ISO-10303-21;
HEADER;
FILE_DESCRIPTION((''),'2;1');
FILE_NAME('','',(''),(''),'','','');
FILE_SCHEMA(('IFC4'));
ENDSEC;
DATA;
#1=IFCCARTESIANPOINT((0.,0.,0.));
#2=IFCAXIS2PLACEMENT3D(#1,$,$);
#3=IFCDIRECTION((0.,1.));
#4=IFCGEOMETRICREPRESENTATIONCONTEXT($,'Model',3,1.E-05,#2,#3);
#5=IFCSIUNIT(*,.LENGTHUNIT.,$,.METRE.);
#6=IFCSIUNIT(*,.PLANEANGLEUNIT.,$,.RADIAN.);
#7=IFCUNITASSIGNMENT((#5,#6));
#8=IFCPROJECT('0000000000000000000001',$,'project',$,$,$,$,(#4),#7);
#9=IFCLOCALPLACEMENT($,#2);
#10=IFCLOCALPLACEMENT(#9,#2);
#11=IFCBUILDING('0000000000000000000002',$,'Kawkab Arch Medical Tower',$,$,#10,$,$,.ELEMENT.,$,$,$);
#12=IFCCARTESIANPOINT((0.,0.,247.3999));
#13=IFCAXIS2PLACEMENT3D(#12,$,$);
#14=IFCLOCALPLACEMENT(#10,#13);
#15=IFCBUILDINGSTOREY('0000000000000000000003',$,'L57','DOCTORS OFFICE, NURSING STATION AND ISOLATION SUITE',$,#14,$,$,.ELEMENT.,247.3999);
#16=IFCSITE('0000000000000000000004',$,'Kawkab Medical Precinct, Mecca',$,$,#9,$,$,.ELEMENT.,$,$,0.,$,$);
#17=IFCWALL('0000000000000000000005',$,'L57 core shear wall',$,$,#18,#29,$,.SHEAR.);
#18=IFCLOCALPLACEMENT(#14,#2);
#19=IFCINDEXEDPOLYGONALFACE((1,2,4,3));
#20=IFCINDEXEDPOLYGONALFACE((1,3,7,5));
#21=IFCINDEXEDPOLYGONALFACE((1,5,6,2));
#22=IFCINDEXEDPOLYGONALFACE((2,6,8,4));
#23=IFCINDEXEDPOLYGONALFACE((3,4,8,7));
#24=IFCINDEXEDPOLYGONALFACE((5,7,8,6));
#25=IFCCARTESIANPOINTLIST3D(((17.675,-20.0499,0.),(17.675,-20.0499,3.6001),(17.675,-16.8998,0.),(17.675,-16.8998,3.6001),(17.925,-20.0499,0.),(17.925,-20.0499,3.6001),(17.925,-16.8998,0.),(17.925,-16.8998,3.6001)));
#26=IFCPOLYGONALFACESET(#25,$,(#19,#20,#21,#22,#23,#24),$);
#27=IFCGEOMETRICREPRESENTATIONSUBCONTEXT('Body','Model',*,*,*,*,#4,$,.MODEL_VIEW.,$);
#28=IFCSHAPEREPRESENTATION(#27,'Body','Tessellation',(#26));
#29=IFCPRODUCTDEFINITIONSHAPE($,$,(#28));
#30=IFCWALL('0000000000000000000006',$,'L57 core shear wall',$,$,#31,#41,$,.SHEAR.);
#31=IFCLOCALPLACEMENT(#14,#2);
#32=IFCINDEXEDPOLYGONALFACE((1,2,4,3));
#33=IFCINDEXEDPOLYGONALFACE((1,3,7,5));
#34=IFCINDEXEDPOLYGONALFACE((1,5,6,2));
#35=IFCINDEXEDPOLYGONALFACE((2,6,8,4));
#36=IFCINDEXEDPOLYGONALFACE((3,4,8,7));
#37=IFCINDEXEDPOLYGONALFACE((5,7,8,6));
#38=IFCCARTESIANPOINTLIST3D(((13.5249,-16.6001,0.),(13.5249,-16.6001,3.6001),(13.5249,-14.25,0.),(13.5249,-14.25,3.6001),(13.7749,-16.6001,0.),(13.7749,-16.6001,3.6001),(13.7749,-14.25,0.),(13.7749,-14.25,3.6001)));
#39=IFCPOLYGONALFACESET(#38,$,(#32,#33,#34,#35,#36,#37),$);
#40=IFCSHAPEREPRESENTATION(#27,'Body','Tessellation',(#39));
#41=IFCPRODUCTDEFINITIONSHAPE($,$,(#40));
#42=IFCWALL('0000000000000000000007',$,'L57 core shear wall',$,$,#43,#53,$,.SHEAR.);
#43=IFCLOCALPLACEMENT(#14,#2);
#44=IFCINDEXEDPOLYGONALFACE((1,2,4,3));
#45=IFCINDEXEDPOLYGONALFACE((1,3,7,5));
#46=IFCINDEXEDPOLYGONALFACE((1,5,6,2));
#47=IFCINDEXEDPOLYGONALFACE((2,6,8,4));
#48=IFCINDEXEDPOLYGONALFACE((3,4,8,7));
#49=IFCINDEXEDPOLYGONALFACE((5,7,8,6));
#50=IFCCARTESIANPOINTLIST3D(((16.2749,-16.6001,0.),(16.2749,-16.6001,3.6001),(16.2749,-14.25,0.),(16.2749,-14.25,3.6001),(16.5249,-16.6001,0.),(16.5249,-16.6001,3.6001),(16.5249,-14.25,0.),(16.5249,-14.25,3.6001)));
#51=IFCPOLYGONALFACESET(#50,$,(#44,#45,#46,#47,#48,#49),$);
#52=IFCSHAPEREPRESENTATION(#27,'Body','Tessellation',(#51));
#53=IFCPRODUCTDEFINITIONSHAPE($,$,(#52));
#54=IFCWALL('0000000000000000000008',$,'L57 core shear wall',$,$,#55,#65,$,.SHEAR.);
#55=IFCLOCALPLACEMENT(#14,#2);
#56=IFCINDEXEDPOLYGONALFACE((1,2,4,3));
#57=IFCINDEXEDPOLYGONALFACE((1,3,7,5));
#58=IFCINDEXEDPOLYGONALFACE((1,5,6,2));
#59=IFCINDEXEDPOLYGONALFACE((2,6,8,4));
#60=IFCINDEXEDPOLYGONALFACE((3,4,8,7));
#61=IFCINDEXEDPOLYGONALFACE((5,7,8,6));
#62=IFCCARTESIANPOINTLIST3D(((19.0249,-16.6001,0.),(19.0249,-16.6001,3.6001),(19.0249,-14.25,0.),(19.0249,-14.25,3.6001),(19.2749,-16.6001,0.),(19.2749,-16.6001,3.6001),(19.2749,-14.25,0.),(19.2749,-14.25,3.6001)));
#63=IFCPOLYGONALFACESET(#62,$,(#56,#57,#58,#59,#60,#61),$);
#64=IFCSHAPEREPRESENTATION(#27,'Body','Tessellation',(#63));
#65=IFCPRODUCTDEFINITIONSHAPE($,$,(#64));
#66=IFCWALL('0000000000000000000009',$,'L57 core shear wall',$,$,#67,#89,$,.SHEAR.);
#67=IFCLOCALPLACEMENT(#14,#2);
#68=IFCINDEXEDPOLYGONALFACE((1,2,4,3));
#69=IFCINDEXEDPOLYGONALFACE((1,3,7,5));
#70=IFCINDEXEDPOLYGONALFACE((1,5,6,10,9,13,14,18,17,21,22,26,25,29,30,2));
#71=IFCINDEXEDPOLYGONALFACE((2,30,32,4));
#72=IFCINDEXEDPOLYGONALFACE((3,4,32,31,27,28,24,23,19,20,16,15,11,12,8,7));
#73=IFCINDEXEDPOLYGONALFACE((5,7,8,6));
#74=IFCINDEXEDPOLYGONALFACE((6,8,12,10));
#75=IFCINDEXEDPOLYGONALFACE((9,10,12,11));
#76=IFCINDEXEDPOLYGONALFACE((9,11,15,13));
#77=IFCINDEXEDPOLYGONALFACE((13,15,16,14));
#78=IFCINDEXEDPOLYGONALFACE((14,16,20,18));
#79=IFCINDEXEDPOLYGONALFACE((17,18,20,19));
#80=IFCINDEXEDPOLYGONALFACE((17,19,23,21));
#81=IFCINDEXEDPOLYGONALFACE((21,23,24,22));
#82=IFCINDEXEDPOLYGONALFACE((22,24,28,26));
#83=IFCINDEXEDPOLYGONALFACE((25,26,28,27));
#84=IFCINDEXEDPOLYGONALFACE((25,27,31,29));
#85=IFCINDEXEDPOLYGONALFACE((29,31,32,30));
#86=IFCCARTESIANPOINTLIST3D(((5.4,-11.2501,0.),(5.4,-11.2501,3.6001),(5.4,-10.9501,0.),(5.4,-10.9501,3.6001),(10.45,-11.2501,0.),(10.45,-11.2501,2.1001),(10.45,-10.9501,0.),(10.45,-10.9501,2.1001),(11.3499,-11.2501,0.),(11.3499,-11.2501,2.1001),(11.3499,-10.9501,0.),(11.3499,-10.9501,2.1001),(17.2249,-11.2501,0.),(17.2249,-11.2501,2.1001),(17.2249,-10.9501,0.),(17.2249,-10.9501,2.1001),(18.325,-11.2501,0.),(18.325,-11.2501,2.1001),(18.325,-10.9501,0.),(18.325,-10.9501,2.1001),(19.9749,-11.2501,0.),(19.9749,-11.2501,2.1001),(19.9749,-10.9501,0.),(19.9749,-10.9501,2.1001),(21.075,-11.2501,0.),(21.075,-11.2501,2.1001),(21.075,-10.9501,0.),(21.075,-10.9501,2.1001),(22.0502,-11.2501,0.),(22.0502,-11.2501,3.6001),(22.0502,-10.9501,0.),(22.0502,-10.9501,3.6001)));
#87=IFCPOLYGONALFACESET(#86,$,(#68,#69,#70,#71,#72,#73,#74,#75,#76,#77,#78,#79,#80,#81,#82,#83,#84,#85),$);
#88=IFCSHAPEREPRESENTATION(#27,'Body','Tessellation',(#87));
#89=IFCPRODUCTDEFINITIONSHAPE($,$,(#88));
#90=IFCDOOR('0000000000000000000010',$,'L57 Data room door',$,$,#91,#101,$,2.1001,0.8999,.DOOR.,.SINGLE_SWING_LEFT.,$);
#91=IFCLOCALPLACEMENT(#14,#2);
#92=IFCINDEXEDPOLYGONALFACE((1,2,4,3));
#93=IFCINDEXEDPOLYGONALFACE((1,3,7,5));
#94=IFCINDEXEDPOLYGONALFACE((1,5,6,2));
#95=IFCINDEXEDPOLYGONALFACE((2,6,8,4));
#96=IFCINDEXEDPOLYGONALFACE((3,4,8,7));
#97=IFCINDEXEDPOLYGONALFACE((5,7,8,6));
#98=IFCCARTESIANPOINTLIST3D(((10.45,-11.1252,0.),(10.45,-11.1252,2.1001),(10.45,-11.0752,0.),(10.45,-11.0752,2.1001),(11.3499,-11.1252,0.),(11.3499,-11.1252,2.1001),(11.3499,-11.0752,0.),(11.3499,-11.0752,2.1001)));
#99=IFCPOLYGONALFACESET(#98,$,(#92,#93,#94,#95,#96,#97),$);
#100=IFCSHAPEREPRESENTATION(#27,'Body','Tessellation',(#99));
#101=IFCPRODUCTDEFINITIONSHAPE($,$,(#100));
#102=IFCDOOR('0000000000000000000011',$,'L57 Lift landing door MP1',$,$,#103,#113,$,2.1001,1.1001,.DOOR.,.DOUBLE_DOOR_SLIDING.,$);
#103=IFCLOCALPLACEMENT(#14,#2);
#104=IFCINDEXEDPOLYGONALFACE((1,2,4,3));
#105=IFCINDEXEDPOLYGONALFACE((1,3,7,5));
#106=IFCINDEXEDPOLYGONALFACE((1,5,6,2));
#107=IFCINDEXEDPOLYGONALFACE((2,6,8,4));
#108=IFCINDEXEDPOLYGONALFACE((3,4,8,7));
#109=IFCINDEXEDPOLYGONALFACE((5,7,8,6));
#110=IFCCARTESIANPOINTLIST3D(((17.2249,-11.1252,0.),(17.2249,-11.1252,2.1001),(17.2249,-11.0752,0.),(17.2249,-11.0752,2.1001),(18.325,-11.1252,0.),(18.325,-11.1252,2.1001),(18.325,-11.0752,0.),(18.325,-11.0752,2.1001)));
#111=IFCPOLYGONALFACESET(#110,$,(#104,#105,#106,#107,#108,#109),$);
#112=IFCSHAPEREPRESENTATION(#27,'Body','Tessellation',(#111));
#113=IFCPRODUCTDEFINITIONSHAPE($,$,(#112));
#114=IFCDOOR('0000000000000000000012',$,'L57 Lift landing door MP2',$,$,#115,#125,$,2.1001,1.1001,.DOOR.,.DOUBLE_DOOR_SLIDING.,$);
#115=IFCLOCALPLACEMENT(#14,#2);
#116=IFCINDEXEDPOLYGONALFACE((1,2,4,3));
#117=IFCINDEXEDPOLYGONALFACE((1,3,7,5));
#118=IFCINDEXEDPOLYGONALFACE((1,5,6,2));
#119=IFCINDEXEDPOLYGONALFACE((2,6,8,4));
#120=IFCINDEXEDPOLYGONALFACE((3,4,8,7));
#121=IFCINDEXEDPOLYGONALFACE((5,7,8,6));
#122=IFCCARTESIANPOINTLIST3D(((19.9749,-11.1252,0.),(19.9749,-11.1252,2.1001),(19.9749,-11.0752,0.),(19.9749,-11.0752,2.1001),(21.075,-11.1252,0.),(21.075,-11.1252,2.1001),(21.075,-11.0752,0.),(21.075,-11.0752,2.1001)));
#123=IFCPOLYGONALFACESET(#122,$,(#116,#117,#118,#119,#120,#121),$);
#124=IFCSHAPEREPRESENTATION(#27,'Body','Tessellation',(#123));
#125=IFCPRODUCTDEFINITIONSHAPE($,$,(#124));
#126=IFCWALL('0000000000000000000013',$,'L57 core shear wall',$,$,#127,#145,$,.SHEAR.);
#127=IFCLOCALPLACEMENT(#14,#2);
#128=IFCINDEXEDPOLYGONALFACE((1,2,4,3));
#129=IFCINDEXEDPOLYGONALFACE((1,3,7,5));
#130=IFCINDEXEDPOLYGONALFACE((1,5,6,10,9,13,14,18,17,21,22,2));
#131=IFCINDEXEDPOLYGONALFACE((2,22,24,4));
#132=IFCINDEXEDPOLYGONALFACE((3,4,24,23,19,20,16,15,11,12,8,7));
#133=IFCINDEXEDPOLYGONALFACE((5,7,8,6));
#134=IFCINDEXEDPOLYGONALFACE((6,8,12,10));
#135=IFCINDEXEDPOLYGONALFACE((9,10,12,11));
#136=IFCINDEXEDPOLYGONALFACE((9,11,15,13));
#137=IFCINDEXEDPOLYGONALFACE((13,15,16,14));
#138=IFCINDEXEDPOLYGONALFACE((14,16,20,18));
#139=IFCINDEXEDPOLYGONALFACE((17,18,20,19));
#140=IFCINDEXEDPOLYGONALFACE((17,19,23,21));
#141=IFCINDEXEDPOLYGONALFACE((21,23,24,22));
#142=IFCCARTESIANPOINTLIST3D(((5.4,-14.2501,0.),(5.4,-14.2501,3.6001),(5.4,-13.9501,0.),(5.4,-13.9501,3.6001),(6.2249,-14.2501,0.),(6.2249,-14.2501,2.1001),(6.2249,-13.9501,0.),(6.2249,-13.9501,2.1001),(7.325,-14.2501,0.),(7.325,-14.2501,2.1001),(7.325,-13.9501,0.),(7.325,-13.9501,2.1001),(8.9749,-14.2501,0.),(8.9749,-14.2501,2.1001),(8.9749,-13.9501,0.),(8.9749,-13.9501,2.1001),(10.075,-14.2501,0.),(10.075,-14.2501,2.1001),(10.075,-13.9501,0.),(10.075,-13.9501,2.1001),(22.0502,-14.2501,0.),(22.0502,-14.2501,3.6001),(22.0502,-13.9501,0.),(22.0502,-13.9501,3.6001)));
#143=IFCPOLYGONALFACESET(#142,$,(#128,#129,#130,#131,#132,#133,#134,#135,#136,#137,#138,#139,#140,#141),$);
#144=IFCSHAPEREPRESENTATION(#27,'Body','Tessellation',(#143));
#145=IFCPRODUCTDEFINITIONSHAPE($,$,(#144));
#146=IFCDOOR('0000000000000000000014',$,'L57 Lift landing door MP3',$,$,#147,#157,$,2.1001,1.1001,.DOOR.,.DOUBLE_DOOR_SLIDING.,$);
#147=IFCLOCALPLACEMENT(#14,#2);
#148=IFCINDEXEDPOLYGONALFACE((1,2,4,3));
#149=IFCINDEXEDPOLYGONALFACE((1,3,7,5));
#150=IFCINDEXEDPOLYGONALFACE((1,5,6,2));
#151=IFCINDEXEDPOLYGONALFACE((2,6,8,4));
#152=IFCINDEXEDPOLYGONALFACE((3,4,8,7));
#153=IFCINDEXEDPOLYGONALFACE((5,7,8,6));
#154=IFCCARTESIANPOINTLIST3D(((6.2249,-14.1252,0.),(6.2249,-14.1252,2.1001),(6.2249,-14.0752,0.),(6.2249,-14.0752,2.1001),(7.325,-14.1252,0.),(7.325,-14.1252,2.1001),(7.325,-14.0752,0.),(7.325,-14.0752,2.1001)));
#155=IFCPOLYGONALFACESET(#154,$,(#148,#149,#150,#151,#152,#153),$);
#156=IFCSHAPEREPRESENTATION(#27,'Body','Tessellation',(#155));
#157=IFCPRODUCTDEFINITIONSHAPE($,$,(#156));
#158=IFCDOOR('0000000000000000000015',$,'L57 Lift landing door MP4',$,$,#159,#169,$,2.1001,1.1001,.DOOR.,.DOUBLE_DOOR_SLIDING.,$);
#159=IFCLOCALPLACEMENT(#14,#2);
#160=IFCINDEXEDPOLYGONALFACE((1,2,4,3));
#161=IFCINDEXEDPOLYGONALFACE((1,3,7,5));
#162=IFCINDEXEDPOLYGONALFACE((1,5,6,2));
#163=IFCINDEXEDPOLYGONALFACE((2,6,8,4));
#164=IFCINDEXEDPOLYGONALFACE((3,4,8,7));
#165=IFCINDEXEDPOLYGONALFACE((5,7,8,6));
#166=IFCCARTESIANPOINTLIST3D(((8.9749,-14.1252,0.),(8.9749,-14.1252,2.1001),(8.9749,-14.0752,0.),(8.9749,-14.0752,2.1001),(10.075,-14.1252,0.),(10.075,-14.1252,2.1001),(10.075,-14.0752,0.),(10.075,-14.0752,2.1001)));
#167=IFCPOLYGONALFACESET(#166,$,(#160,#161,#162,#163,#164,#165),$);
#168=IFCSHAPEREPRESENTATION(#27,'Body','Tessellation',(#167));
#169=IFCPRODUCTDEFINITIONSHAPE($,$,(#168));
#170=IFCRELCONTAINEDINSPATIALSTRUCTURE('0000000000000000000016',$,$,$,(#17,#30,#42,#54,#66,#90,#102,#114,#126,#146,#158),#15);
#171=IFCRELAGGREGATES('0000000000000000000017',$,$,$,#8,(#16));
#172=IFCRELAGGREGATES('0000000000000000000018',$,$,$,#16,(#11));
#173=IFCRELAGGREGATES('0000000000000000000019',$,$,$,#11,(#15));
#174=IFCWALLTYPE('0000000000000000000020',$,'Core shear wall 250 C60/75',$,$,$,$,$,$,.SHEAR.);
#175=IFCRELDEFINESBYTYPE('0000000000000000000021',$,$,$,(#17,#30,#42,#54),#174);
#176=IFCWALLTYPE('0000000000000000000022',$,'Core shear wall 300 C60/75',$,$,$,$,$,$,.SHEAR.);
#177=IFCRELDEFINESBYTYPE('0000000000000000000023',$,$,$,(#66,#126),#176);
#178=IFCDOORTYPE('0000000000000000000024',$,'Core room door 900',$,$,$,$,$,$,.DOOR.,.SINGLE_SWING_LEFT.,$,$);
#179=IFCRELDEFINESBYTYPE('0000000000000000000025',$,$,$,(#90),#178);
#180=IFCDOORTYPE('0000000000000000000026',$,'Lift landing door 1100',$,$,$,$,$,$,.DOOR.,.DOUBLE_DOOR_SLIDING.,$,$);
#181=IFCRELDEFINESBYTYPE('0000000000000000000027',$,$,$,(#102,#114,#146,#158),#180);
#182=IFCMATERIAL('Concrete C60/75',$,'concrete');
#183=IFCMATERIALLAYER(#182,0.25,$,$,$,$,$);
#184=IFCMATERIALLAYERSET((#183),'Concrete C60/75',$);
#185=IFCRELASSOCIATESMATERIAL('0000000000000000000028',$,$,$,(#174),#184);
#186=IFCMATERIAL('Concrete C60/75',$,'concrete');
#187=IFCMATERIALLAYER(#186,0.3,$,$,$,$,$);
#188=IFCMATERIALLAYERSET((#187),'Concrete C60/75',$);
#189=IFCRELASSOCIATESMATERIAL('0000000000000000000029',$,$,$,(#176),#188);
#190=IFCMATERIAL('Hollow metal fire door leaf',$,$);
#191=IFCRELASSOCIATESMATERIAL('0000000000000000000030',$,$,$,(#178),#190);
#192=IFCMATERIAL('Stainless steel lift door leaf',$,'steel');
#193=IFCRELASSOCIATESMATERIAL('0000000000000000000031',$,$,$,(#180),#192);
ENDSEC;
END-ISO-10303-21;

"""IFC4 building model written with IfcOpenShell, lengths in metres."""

from ifc_helpers import new_model, si_unit, direction, frame, frame_2d, origin, place, context, subcontext, project, spatial, rectangle, extrude, material, layer, layer_set, type_object, element, fill, save


model = new_model("IFC4")

# Units and contexts
model_context = context("Model", 3, precision=1e-05, world=origin(), true_north=direction((0.0, 1.0)))
body_context = subcontext(model_context, "Body", "Model", "MODEL_VIEW")
ifc_project = project(units=[si_unit("LENGTHUNIT", "METRE"), si_unit("PLANEANGLEUNIT", "RADIAN")], contexts=[model_context])

# Site, building, storey
site_placement = place(None, origin())
site = spatial("IfcSite", under=ifc_project, at=site_placement, Name="Kawkab Medical Precinct, Mecca", CompositionType="ELEMENT", RefElevation=0.0)
building_placement = place(site_placement, origin())
building = spatial("IfcBuilding", under=site, at=building_placement, Name="Kawkab Arch Medical Tower", CompositionType="ELEMENT")
storey_placement = place(building_placement, frame((0.0, 0.0, 247.3999)))
storey = spatial("IfcBuildingStorey", under=building, at=storey_placement, Name="L57", Description="DOCTORS OFFICE, NURSING STATION AND ISOLATION SUITE", CompositionType="ELEMENT", Elevation=247.3999)

# Walls
ifc_material_1 = material(Name="Concrete C60/75", Category="concrete")
ifc_layer_1 = layer(ifc_material_1, 0.25)
ifc_layer_set_1 = layer_set([ifc_layer_1], Name="Concrete C60/75")
wall_type_1 = type_object("IfcWallType", Name="Core shear wall 250 C60/75", PredefinedType="SHEAR", material=ifc_layer_set_1)
wall_1_placement = place(storey_placement, frame((17.8, -20.05, 0.0), z_axis=(0.0, 0.0, 1.0), x_axis=(0.0, 1.0, 0.0)))
element("IfcWall", 1, at=wall_1_placement, inside=storey, type_object=wall_type_1, Name="L57 core shear wall", PredefinedType="SHEAR", context=body_context, shape_type="SweptSolid", body=[
    extrude(rectangle(XDim=3.1501, YDim=0.25, at=frame_2d((1.5752, 0.0))), origin(), (0.0, 0.0, 1.0), 3.6001),
])
for number, where, z_axis, x_axis, name in (
    (2, (13.6499, -16.6001, 0.0), (0.0, 0.0, 1.0), (0.0, 1.0, 0.0), "L57 core shear wall"),
    (3, (16.3999, -16.6001, 0.0), (0.0, 0.0, 1.0), (0.0, 1.0, 0.0), "L57 core shear wall"),
    (4, (19.1499, -16.6001, 0.0), (0.0, 0.0, 1.0), (0.0, 1.0, 0.0), "L57 core shear wall"),
):
    element("IfcWall", number, at=place(storey_placement, frame(where, z_axis=z_axis, x_axis=x_axis)), inside=storey, type_object=wall_type_1, Name=name, PredefinedType="SHEAR", context=body_context, shape_type="SweptSolid", body=[
        extrude(rectangle(XDim=2.3501, YDim=0.25, at=frame_2d((1.175, 0.0))), origin(), (0.0, 0.0, 1.0), 3.6001),
    ])

# Walls, openings, doors
ifc_material_2 = material(Name="Concrete C60/75", Category="concrete")
ifc_layer_2 = layer(ifc_material_2, 0.3)
ifc_layer_set_2 = layer_set([ifc_layer_2], Name="Concrete C60/75")
wall_type_2 = type_object("IfcWallType", Name="Core shear wall 300 C60/75", PredefinedType="SHEAR", material=ifc_layer_set_2)
wall_2_placement = place(storey_placement, frame((5.3999, -11.1001, 0.0), z_axis=(0.0, 0.0, 1.0), x_axis=(1.0, 0.0, 0.0)))
wall_2 = element("IfcWall", 5, at=wall_2_placement, inside=storey, type_object=wall_type_2, Name="L57 core shear wall", PredefinedType="SHEAR", context=body_context, shape_type="SweptSolid", body=[
    extrude(rectangle(XDim=16.6501, YDim=0.3, at=frame_2d((8.3252, 0.0))), origin(), (0.0, 0.0, 1.0), 3.6001),
])
opening_1_placement = place(wall_2_placement, frame((11.825, 0.0, 0.0)))
opening_1 = element("IfcOpeningElement", 6, at=opening_1_placement, cuts=wall_2, PredefinedType="OPENING", context=body_context, shape_type="SweptSolid", body=[
    extrude(rectangle(XDim=1.1001, YDim=2.1001, at=frame_2d((0.55, 1.05))), frame((0.0, 0.1599, 0.0), z_axis=(0.0, -1.0, 0.0), x_axis=(1.0, 0.0, 0.0)), (0.0, 0.0, 1.0), 0.3201),
])
opening_2_placement = place(wall_2_placement, frame((14.575, 0.0, 0.0)))
opening_2 = element("IfcOpeningElement", 7, at=opening_2_placement, cuts=wall_2, PredefinedType="OPENING", context=body_context, shape_type="SweptSolid", body=[
    extrude(rectangle(XDim=1.1001, YDim=2.1001, at=frame_2d((0.55, 1.05))), frame((0.0, 0.1599, 0.0), z_axis=(0.0, -1.0, 0.0), x_axis=(1.0, 0.0, 0.0)), (0.0, 0.0, 1.0), 0.3201),
])
opening_3_placement = place(wall_2_placement, frame((5.05, 0.0, 0.0)))
opening_3 = element("IfcOpeningElement", 8, at=opening_3_placement, cuts=wall_2, PredefinedType="OPENING", context=body_context, shape_type="SweptSolid", body=[
    extrude(rectangle(XDim=0.8999, YDim=2.1001, at=frame_2d((0.45, 1.05))), frame((0.0, 0.1599, 0.0), z_axis=(0.0, -1.0, 0.0), x_axis=(1.0, 0.0, 0.0)), (0.0, 0.0, 1.0), 0.3201),
])
ifc_material_3 = material(Name="Hollow metal fire door leaf")
door_type_1 = type_object("IfcDoorType", Name="Core room door 900", OperationType="SINGLE_SWING_LEFT", PredefinedType="DOOR", material=ifc_material_3)
door_1_placement = place(opening_3_placement, origin())
door_1 = element("IfcDoor", 9, at=door_1_placement, inside=storey, type_object=door_type_1, Name="L57 Data room door", OperationType="SINGLE_SWING_LEFT", OverallHeight=2.1001, OverallWidth=0.8999, PredefinedType="DOOR", context=body_context, shape_type="SweptSolid", body=[
    extrude(rectangle(XDim=0.8999, YDim=2.1001, at=frame_2d((0.45, 1.05))), frame((0.0, 0.0249, 0.0), z_axis=(0.0, -1.0, 0.0), x_axis=(1.0, 0.0, 0.0)), (0.0, 0.0, 1.0), 0.05),
])
fill(opening_3, door_1)
ifc_material_4 = material(Name="Stainless steel lift door leaf", Category="steel")
door_type_2 = type_object("IfcDoorType", Name="Lift landing door 1100", OperationType="DOUBLE_DOOR_SLIDING", PredefinedType="DOOR", material=ifc_material_4)
door_2_placement = place(opening_1_placement, origin())
door_2 = element("IfcDoor", 10, at=door_2_placement, inside=storey, type_object=door_type_2, Name="L57 Lift landing door MP1", OperationType="DOUBLE_DOOR_SLIDING", OverallHeight=2.1001, OverallWidth=1.1001, PredefinedType="DOOR", context=body_context, shape_type="SweptSolid", body=[
    extrude(rectangle(XDim=1.1001, YDim=2.1001, at=frame_2d((0.55, 1.05))), frame((0.0, 0.0249, 0.0), z_axis=(0.0, -1.0, 0.0), x_axis=(1.0, 0.0, 0.0)), (0.0, 0.0, 1.0), 0.05),
])
fill(opening_1, door_2)
door_3_placement = place(opening_2_placement, origin())
door_3 = element("IfcDoor", 11, at=door_3_placement, inside=storey, type_object=door_type_2, Name="L57 Lift landing door MP2", OperationType="DOUBLE_DOOR_SLIDING", OverallHeight=2.1001, OverallWidth=1.1001, PredefinedType="DOOR", context=body_context, shape_type="SweptSolid", body=[
    extrude(rectangle(XDim=1.1001, YDim=2.1001, at=frame_2d((0.55, 1.05))), frame((0.0, 0.0249, 0.0), z_axis=(0.0, -1.0, 0.0), x_axis=(1.0, 0.0, 0.0)), (0.0, 0.0, 1.0), 0.05),
])
fill(opening_2, door_3)
wall_3_placement = place(storey_placement, frame((5.3999, -14.1001, 0.0), z_axis=(0.0, 0.0, 1.0), x_axis=(1.0, 0.0, 0.0)))
wall_3 = element("IfcWall", 12, at=wall_3_placement, inside=storey, type_object=wall_type_2, Name="L57 core shear wall", PredefinedType="SHEAR", context=body_context, shape_type="SweptSolid", body=[
    extrude(rectangle(XDim=16.6501, YDim=0.3, at=frame_2d((8.3252, 0.0))), origin(), (0.0, 0.0, 1.0), 3.6001),
])
opening_4_placement = place(wall_3_placement, frame((0.825, 0.0, 0.0)))
opening_4 = element("IfcOpeningElement", 13, at=opening_4_placement, cuts=wall_3, PredefinedType="OPENING", context=body_context, shape_type="SweptSolid", body=[
    extrude(rectangle(XDim=1.1001, YDim=2.1001, at=frame_2d((0.55, 1.05))), frame((0.0, 0.1599, 0.0), z_axis=(0.0, -1.0, 0.0), x_axis=(1.0, 0.0, 0.0)), (0.0, 0.0, 1.0), 0.3201),
])
opening_5_placement = place(wall_3_placement, frame((3.575, 0.0, 0.0)))
opening_5 = element("IfcOpeningElement", 14, at=opening_5_placement, cuts=wall_3, PredefinedType="OPENING", context=body_context, shape_type="SweptSolid", body=[
    extrude(rectangle(XDim=1.1001, YDim=2.1001, at=frame_2d((0.55, 1.05))), frame((0.0, 0.1599, 0.0), z_axis=(0.0, -1.0, 0.0), x_axis=(1.0, 0.0, 0.0)), (0.0, 0.0, 1.0), 0.3201),
])
door_4_placement = place(opening_4_placement, origin())
door_4 = element("IfcDoor", 15, at=door_4_placement, inside=storey, type_object=door_type_2, Name="L57 Lift landing door MP3", OperationType="DOUBLE_DOOR_SLIDING", OverallHeight=2.1001, OverallWidth=1.1001, PredefinedType="DOOR", context=body_context, shape_type="SweptSolid", body=[
    extrude(rectangle(XDim=1.1001, YDim=2.1001, at=frame_2d((0.55, 1.05))), frame((0.0, 0.0249, 0.0), z_axis=(0.0, -1.0, 0.0), x_axis=(1.0, 0.0, 0.0)), (0.0, 0.0, 1.0), 0.05),
])
fill(opening_4, door_4)
door_5_placement = place(opening_5_placement, origin())
door_5 = element("IfcDoor", 16, at=door_5_placement, inside=storey, type_object=door_type_2, Name="L57 Lift landing door MP4", OperationType="DOUBLE_DOOR_SLIDING", OverallHeight=2.1001, OverallWidth=1.1001, PredefinedType="DOOR", context=body_context, shape_type="SweptSolid", body=[
    extrude(rectangle(XDim=1.1001, YDim=2.1001, at=frame_2d((0.55, 1.05))), frame((0.0, 0.0249, 0.0), z_axis=(0.0, -1.0, 0.0), x_axis=(1.0, 0.0, 0.0)), (0.0, 0.0, 1.0), 0.05),
])
fill(opening_5, door_5)

save(model, "model.ifc")
